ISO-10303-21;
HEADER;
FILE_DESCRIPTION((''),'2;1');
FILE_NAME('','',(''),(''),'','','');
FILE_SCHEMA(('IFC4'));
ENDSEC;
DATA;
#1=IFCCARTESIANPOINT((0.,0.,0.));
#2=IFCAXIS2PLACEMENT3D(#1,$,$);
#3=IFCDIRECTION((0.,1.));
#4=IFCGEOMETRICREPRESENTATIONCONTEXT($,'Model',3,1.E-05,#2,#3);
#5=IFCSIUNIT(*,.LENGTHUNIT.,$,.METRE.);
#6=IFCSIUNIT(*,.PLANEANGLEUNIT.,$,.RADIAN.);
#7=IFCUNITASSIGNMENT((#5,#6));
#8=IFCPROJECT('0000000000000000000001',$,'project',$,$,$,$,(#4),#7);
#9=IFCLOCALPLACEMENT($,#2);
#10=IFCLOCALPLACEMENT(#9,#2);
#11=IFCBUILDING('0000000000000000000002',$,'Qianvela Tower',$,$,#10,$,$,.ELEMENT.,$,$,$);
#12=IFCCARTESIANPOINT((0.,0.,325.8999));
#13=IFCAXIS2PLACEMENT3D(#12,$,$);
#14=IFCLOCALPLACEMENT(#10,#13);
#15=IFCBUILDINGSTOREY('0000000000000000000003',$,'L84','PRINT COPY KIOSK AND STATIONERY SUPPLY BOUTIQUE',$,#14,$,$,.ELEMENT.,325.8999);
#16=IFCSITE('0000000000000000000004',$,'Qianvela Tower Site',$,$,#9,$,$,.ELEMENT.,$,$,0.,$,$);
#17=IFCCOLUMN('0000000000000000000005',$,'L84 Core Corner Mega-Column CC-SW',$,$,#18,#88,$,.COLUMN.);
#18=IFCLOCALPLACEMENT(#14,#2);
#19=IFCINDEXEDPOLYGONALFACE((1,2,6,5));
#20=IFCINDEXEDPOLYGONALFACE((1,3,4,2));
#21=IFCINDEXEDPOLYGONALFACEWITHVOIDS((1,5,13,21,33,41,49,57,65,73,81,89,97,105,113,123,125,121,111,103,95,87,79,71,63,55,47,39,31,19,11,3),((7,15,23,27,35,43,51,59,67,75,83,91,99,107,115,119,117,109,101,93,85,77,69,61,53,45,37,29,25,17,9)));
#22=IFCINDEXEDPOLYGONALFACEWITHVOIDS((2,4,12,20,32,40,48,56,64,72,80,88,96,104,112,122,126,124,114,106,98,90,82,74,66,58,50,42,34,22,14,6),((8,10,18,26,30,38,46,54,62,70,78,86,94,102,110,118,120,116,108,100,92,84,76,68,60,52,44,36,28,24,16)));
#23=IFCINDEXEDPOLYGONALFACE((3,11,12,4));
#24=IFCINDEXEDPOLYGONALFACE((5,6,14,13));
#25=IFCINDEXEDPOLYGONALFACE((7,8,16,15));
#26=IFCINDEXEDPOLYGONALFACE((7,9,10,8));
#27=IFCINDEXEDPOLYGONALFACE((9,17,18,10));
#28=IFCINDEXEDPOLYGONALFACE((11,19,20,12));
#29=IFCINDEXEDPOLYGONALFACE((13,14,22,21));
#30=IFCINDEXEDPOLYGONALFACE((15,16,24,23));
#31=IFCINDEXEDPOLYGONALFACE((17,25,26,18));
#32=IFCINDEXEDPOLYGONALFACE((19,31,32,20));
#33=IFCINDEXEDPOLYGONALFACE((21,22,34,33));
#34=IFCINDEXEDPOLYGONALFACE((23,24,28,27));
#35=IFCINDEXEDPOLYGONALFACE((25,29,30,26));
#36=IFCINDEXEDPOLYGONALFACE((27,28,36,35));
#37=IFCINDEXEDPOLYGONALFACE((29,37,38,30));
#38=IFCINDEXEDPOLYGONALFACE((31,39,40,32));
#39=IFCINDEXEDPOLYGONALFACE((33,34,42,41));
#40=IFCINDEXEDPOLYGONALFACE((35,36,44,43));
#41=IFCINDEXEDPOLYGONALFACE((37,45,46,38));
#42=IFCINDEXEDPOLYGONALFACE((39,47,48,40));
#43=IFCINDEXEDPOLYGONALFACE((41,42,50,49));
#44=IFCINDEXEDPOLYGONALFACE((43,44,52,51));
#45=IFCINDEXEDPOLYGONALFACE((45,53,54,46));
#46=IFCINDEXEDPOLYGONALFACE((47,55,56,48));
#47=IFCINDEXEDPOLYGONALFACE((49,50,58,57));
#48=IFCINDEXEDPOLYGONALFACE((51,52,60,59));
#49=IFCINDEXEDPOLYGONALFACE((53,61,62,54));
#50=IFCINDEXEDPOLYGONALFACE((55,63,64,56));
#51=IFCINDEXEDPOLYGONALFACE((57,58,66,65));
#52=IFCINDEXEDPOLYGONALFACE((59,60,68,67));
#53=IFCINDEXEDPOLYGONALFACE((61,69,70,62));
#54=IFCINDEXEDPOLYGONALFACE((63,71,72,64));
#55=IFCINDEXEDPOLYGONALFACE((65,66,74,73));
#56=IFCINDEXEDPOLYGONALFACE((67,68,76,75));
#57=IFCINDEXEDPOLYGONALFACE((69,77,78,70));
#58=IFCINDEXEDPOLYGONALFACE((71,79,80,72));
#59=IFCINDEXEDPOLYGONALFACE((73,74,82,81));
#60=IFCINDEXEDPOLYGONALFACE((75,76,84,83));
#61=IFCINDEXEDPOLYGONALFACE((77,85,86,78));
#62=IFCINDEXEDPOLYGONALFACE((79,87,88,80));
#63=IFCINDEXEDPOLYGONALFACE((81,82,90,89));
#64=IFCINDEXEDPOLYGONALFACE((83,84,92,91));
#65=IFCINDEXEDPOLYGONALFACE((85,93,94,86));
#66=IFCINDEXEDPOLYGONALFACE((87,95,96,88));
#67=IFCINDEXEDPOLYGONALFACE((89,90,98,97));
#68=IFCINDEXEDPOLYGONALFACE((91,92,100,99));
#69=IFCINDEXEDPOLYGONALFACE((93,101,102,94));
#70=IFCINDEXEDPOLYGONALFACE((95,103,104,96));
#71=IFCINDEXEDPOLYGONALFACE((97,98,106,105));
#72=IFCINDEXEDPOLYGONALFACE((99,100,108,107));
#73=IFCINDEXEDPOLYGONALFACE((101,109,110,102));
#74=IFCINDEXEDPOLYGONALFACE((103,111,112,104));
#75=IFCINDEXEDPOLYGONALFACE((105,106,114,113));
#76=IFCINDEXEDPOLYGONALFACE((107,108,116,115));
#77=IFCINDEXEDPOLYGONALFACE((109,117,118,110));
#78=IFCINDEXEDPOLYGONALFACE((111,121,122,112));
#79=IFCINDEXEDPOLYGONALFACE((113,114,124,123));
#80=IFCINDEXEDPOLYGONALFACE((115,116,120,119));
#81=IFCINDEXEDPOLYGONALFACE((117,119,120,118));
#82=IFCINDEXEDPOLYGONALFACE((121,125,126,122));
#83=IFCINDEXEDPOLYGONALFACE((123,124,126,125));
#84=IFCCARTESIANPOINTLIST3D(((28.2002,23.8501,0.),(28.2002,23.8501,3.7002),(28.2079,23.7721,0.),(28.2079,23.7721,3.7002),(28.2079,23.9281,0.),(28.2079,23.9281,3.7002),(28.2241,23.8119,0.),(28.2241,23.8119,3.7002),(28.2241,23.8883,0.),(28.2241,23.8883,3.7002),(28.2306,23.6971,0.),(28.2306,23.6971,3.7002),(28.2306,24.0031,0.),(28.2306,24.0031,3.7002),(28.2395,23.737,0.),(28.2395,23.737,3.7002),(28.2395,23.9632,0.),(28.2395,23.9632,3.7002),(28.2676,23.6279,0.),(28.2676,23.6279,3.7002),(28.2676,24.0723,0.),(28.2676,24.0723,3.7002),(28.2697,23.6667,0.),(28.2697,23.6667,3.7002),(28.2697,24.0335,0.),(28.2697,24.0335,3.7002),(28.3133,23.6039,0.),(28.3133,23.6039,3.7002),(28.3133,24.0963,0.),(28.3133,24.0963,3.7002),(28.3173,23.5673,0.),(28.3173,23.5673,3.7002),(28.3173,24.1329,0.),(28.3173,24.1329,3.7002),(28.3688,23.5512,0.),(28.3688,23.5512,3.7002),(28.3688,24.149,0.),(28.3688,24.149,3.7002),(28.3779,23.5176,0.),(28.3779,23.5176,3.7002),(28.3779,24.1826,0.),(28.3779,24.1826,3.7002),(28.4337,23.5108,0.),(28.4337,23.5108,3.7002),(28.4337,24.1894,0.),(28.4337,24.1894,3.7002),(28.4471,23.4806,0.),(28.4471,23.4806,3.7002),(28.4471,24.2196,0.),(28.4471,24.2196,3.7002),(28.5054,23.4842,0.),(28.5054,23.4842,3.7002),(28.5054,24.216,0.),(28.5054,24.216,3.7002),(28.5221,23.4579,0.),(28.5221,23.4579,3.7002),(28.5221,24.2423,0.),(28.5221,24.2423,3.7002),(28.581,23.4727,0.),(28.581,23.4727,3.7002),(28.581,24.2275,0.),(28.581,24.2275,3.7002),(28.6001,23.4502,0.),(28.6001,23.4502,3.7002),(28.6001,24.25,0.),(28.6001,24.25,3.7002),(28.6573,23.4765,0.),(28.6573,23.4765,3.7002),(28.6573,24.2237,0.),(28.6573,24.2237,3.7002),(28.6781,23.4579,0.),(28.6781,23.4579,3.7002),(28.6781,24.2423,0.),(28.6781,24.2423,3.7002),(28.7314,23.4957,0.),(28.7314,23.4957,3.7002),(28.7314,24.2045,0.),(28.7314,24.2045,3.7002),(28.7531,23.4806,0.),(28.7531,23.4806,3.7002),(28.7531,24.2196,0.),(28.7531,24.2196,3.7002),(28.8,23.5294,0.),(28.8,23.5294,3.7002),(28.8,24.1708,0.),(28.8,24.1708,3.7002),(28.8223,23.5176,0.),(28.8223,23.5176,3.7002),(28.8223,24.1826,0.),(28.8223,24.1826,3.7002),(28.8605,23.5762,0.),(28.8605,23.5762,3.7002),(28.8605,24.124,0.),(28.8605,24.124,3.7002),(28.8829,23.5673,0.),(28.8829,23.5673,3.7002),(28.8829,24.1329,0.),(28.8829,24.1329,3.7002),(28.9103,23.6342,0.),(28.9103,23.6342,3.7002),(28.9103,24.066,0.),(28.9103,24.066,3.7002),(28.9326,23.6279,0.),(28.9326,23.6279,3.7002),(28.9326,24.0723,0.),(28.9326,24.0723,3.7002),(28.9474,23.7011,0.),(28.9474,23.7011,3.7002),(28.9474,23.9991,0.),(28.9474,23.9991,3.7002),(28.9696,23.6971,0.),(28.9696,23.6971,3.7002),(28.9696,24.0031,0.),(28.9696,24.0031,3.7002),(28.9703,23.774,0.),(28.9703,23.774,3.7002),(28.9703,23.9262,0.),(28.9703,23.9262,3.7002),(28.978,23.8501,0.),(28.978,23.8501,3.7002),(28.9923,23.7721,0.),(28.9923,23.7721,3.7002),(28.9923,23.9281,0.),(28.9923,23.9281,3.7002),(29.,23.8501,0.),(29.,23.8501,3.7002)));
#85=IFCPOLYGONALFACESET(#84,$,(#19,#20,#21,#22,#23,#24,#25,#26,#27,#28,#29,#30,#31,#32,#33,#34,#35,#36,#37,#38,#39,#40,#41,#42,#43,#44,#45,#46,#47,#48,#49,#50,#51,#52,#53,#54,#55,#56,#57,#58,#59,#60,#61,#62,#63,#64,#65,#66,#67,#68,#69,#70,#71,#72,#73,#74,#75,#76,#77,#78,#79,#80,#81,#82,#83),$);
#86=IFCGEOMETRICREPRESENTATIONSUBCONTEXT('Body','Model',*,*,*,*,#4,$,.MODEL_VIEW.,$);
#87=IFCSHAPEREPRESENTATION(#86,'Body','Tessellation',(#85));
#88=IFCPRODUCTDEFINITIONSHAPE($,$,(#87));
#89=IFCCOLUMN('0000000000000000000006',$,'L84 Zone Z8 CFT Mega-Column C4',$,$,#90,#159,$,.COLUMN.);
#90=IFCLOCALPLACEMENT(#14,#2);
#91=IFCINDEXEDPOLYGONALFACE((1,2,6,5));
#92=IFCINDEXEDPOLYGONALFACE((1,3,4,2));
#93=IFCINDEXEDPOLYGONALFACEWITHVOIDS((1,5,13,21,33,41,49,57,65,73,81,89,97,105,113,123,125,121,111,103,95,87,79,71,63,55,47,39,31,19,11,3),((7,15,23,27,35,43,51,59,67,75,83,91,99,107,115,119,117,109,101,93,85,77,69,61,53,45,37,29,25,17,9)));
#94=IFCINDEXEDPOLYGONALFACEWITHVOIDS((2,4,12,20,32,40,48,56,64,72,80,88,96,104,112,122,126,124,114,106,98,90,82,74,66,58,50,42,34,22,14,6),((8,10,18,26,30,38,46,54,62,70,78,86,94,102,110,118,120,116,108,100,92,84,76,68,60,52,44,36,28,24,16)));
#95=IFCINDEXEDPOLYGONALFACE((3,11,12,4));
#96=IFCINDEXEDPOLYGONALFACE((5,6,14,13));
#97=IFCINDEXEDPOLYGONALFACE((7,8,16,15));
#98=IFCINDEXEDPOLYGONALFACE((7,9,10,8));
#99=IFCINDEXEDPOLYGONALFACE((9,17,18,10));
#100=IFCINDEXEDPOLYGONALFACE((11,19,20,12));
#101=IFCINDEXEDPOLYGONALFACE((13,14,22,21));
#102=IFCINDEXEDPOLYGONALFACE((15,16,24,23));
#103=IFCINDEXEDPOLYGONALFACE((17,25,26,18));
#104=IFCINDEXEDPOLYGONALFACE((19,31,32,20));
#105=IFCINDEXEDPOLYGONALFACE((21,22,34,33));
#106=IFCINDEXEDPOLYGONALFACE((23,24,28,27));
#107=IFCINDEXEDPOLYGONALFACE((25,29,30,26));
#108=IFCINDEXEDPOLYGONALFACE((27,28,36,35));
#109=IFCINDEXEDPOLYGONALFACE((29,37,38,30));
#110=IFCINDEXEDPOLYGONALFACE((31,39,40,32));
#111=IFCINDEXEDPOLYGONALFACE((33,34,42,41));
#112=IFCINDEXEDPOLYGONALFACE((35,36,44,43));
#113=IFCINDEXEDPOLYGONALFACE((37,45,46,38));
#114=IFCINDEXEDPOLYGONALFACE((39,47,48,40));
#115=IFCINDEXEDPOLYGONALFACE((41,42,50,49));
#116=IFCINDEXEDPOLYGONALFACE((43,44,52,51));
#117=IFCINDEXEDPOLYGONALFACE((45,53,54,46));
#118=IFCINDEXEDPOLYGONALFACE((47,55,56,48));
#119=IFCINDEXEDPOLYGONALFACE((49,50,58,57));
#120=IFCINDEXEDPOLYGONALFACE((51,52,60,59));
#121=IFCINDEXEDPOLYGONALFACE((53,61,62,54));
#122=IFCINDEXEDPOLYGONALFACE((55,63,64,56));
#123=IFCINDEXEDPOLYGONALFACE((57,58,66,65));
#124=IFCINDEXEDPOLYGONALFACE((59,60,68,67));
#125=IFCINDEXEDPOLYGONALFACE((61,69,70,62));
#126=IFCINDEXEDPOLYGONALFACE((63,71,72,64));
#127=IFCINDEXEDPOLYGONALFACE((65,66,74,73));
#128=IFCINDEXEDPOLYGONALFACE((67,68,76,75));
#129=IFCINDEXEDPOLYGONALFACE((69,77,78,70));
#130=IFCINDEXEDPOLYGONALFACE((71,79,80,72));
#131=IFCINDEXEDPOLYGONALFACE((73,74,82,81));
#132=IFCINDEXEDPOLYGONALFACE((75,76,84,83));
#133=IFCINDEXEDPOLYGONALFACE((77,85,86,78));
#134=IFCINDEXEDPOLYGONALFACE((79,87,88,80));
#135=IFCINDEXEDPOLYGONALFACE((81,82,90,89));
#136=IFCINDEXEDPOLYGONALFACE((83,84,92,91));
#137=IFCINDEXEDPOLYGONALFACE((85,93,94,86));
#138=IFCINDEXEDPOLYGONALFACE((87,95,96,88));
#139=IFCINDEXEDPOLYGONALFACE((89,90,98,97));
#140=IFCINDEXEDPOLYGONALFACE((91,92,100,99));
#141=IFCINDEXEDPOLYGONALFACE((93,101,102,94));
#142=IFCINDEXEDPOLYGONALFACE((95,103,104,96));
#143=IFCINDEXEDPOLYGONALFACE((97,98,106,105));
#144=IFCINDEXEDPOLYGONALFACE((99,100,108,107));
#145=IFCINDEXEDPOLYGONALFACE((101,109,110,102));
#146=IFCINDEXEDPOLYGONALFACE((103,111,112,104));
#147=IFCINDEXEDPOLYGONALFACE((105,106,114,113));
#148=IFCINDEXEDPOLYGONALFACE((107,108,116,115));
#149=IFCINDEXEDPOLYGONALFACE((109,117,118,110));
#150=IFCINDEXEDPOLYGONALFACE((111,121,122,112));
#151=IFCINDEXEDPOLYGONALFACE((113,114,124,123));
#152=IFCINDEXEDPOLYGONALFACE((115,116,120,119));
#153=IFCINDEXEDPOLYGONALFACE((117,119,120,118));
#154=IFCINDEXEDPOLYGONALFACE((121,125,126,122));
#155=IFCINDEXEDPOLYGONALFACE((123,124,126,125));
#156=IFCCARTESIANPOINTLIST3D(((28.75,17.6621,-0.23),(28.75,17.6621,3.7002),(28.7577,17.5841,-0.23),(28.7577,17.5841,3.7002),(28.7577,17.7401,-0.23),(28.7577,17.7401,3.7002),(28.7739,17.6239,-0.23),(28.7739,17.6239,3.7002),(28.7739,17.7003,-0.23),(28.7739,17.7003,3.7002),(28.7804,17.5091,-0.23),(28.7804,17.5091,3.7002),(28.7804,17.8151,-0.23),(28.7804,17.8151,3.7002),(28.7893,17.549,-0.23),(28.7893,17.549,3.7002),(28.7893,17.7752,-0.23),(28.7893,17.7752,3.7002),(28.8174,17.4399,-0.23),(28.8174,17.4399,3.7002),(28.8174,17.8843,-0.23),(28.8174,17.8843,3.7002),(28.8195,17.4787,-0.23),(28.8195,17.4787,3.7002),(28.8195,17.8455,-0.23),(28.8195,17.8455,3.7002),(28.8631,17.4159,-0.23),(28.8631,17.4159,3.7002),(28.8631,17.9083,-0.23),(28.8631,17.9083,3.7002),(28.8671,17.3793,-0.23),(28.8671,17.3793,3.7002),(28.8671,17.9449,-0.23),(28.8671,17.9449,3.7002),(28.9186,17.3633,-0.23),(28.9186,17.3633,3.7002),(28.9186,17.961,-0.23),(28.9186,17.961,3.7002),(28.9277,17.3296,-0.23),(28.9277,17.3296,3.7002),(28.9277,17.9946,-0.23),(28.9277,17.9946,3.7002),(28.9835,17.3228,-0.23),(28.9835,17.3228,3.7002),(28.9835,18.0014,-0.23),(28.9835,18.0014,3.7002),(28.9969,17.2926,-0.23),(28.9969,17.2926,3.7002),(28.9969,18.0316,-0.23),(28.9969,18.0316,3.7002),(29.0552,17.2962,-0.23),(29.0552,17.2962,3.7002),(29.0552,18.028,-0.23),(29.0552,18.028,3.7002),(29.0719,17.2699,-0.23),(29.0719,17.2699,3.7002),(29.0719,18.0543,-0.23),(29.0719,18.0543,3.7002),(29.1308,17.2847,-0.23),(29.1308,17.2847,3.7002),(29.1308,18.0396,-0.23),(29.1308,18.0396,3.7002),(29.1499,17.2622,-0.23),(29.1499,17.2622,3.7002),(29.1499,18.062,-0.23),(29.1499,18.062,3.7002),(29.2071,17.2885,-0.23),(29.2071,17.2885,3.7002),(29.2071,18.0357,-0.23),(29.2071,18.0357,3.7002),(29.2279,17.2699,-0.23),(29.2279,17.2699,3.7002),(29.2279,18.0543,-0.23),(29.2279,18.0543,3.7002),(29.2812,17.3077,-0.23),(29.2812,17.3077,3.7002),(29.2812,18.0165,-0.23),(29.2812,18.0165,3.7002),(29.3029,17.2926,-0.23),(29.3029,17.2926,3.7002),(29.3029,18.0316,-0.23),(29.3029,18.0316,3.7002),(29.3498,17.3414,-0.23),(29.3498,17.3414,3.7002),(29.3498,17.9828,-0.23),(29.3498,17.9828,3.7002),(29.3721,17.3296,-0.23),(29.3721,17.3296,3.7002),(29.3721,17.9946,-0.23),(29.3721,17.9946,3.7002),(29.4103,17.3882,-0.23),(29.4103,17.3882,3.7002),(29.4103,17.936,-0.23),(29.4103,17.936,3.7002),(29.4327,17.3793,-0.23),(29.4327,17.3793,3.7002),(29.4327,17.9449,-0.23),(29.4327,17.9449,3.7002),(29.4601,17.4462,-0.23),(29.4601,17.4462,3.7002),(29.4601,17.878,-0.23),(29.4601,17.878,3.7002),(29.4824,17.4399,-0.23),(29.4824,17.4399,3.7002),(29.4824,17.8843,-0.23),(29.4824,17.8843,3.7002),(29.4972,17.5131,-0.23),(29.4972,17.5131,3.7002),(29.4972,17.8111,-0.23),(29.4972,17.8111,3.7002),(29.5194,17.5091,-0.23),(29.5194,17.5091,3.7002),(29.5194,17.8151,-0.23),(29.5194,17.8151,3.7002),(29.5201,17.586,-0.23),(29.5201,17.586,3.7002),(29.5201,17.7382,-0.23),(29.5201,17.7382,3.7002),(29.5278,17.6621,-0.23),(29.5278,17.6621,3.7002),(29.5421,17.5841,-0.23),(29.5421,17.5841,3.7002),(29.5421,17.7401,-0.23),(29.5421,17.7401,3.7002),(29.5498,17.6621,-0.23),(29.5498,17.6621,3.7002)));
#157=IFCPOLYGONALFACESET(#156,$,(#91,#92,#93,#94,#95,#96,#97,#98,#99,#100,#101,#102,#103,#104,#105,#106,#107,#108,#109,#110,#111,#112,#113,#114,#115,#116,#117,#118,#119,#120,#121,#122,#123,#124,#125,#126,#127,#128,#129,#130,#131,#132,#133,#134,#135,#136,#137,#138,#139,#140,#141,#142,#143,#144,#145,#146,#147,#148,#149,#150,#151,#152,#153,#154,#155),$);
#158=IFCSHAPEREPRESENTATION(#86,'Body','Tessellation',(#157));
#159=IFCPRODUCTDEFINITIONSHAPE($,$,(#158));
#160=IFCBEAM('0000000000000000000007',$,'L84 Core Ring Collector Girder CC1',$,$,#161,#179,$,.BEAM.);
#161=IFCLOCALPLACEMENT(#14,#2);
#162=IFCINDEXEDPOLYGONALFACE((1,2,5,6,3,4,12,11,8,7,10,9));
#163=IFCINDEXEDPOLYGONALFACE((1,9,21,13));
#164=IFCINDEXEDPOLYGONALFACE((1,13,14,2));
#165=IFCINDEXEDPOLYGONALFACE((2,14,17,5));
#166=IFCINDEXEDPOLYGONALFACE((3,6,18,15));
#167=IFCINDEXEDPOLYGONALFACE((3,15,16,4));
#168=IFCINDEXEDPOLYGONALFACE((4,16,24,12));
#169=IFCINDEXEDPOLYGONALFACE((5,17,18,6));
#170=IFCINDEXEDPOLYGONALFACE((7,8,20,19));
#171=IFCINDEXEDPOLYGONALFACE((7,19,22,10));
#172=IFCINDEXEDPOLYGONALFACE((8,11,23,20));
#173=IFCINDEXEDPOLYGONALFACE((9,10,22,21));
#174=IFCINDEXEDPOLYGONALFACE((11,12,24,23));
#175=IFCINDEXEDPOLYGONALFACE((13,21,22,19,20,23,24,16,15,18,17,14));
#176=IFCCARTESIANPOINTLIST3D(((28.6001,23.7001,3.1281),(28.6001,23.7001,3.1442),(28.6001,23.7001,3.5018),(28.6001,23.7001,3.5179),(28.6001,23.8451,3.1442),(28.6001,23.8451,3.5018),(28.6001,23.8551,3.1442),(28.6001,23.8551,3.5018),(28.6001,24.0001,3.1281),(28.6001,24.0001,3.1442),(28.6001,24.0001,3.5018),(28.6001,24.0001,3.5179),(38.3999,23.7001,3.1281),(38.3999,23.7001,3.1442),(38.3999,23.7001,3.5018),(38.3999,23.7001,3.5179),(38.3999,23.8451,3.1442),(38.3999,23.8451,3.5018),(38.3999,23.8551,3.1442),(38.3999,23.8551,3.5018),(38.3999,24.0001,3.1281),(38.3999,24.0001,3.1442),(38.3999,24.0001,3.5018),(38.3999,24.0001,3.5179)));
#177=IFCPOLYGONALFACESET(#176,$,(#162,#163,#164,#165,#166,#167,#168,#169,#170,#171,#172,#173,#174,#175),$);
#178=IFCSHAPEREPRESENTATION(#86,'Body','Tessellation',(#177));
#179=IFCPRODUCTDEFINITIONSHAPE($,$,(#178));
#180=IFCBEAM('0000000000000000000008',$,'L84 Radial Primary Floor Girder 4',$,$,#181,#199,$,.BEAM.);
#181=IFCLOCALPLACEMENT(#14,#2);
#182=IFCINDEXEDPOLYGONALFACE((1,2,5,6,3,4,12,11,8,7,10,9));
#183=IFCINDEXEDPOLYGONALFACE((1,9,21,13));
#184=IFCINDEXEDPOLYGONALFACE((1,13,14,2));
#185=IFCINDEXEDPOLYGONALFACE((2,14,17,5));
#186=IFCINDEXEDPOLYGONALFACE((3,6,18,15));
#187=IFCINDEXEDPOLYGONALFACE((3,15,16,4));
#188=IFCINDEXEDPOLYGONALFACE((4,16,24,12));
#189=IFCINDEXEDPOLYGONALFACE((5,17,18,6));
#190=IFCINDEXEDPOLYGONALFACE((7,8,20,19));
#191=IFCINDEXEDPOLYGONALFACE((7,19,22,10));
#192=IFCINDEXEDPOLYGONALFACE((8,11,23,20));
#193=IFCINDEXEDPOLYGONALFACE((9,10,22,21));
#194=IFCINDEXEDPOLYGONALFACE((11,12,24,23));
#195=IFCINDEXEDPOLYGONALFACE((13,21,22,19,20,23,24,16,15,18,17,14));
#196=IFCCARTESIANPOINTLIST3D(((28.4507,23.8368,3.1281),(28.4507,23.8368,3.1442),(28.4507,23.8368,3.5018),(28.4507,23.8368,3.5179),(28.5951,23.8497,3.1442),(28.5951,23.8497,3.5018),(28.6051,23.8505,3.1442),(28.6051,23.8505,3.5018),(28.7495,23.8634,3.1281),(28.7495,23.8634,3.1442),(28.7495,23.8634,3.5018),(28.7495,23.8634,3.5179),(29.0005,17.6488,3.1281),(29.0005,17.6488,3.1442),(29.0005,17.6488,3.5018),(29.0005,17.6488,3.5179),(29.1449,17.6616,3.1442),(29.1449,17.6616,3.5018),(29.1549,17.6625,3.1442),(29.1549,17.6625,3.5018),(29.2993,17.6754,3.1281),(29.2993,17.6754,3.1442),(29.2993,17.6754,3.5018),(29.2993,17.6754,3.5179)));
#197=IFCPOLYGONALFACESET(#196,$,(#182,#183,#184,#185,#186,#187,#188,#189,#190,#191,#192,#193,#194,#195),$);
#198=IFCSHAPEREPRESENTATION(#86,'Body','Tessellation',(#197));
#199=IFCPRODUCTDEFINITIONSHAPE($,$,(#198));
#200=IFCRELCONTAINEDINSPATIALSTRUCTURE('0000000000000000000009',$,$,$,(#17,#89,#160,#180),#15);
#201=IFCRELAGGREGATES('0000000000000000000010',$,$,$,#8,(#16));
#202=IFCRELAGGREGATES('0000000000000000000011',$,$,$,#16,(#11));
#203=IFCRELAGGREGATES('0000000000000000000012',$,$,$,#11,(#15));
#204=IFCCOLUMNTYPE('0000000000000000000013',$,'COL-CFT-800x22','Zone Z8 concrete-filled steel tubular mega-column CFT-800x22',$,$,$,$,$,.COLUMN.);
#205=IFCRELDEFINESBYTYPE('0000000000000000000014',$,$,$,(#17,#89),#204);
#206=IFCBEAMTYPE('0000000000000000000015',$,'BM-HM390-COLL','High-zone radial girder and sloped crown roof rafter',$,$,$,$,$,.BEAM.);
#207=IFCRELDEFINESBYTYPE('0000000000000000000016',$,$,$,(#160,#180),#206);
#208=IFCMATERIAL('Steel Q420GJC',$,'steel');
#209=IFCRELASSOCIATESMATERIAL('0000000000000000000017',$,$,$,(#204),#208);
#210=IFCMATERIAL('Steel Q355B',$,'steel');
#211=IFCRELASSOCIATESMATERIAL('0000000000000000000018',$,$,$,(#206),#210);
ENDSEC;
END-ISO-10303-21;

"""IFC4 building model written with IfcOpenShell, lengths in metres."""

from ifc_helpers import new_model, si_unit, direction, frame, origin, origin_2d, place, context, subcontext, project, spatial, hollow_circle, i_section, extrude, material, material_profile, profile_set, type_object, element, save


model = new_model("IFC4")

# Units and contexts
model_context = context("Model", 3, precision=1e-05, world=origin(), true_north=direction((0.0, 1.0)))
body_context = subcontext(model_context, "Body", "Model", "MODEL_VIEW")
ifc_project = project(units=[si_unit("LENGTHUNIT", "METRE"), si_unit("PLANEANGLEUNIT", "RADIAN")], contexts=[model_context])

# Site, building, storey
site_placement = place(None, origin())
site = spatial("IfcSite", under=ifc_project, at=site_placement, Name="Qianvela Tower Site", CompositionType="ELEMENT", RefElevation=0.0)
building_placement = place(site_placement, origin())
building = spatial("IfcBuilding", under=site, at=building_placement, Name="Qianvela Tower", CompositionType="ELEMENT")
storey_placement = place(building_placement, frame((0.0, 0.0, 325.8999)))
storey = spatial("IfcBuildingStorey", under=building, at=storey_placement, Name="L84", Description="PRINT COPY KIOSK AND STATIONERY SUPPLY BOUTIQUE", CompositionType="ELEMENT", Elevation=325.8999)

# Columns
ifc_material_1 = material(Name="Steel Q420GJC", Category="steel")
ifc_material_profile_1 = material_profile(ifc_material_1, hollow_circle(Radius=0.3999, WallThickness=0.022, at=origin_2d()), Name="CFT-800x22")
ifc_profile_set_1 = profile_set([ifc_material_profile_1], Name="Steel Q420GJC")
column_type = type_object("IfcColumnType", Name="COL-CFT-800x22", Description="Zone Z8 concrete-filled steel tubular mega-column CFT-800x22", PredefinedType="COLUMN", material=ifc_profile_set_1)
column_1_placement = place(storey_placement, frame((28.6001, 23.8501, 0.0), z_axis=(0.0, 0.0, 1.0), x_axis=(1.0, 0.0, 0.0)))
element("IfcColumn", 1, at=column_1_placement, inside=storey, type_object=column_type, Name="L84 Core Corner Mega-Column CC-SW", PredefinedType="COLUMN", context=body_context, shape_type="SweptSolid", body=[
    extrude(hollow_circle(Radius=0.3999, WallThickness=0.022, at=origin_2d()), origin(), (0.0, 0.0, 1.0), 3.7002),
])
column_2_placement = place(storey_placement, frame((29.1499, 17.6621, -0.23), z_axis=(0.0, 0.0, 1.0), x_axis=(1.0, 0.0, 0.0)))
element("IfcColumn", 2, at=column_2_placement, inside=storey, type_object=column_type, Name="L84 Zone Z8 CFT Mega-Column C4", PredefinedType="COLUMN", context=body_context, shape_type="SweptSolid", body=[
    extrude(hollow_circle(Radius=0.3999, WallThickness=0.022, at=origin_2d()), origin(), (0.0, 0.0, 1.0), 3.9302),
])

# Beams
ifc_material_2 = material(Name="Steel Q355B", Category="steel")
ifc_material_profile_2 = material_profile(ifc_material_2, i_section(OverallWidth=0.3, OverallDepth=0.3899, WebThickness=0.01, FlangeThickness=0.0161, at=origin_2d()), Name="HM390x300x10x16")
ifc_profile_set_2 = profile_set([ifc_material_profile_2], Name="Steel Q355B")
beam_type_1 = type_object("IfcBeamType", Name="BM-HM390-COLL", Description="High-zone radial girder and sloped crown roof rafter", PredefinedType="BEAM", material=ifc_profile_set_2)
beam_1_placement = place(storey_placement, frame((28.6001, 23.8501, 3.323), z_axis=(1.0, 0.0, 0.0), x_axis=(0.0, 1.0, 0.0)))
element("IfcBeam", 3, at=beam_1_placement, inside=storey, type_object=beam_type_1, Name="L84 Core Ring Collector Girder CC1", PredefinedType="BEAM", context=body_context, shape_type="SweptSolid", body=[
    extrude(i_section(OverallWidth=0.3, OverallDepth=0.3899, WebThickness=0.01, FlangeThickness=0.0161, at=origin_2d()), origin(), (0.0, 0.0, 1.0), 9.7998),
])
beam_2_placement = place(storey_placement, frame((28.6001, 23.8501, 3.323), z_axis=(0.088502, -0.996076, 0.0), x_axis=(0.996076, 0.088502, 0.0)))
element("IfcBeam", 4, at=beam_2_placement, inside=storey, type_object=beam_type_1, Name="L84 Radial Primary Floor Girder 4", PredefinedType="BEAM", context=body_context, shape_type="SweptSolid", body=[
    extrude(i_section(OverallWidth=0.3, OverallDepth=0.3899, WebThickness=0.01, FlangeThickness=0.0161, at=origin_2d()), origin(), (0.0, 0.0, 1.0), 6.2124),
])

save(model, "model.ifc")
